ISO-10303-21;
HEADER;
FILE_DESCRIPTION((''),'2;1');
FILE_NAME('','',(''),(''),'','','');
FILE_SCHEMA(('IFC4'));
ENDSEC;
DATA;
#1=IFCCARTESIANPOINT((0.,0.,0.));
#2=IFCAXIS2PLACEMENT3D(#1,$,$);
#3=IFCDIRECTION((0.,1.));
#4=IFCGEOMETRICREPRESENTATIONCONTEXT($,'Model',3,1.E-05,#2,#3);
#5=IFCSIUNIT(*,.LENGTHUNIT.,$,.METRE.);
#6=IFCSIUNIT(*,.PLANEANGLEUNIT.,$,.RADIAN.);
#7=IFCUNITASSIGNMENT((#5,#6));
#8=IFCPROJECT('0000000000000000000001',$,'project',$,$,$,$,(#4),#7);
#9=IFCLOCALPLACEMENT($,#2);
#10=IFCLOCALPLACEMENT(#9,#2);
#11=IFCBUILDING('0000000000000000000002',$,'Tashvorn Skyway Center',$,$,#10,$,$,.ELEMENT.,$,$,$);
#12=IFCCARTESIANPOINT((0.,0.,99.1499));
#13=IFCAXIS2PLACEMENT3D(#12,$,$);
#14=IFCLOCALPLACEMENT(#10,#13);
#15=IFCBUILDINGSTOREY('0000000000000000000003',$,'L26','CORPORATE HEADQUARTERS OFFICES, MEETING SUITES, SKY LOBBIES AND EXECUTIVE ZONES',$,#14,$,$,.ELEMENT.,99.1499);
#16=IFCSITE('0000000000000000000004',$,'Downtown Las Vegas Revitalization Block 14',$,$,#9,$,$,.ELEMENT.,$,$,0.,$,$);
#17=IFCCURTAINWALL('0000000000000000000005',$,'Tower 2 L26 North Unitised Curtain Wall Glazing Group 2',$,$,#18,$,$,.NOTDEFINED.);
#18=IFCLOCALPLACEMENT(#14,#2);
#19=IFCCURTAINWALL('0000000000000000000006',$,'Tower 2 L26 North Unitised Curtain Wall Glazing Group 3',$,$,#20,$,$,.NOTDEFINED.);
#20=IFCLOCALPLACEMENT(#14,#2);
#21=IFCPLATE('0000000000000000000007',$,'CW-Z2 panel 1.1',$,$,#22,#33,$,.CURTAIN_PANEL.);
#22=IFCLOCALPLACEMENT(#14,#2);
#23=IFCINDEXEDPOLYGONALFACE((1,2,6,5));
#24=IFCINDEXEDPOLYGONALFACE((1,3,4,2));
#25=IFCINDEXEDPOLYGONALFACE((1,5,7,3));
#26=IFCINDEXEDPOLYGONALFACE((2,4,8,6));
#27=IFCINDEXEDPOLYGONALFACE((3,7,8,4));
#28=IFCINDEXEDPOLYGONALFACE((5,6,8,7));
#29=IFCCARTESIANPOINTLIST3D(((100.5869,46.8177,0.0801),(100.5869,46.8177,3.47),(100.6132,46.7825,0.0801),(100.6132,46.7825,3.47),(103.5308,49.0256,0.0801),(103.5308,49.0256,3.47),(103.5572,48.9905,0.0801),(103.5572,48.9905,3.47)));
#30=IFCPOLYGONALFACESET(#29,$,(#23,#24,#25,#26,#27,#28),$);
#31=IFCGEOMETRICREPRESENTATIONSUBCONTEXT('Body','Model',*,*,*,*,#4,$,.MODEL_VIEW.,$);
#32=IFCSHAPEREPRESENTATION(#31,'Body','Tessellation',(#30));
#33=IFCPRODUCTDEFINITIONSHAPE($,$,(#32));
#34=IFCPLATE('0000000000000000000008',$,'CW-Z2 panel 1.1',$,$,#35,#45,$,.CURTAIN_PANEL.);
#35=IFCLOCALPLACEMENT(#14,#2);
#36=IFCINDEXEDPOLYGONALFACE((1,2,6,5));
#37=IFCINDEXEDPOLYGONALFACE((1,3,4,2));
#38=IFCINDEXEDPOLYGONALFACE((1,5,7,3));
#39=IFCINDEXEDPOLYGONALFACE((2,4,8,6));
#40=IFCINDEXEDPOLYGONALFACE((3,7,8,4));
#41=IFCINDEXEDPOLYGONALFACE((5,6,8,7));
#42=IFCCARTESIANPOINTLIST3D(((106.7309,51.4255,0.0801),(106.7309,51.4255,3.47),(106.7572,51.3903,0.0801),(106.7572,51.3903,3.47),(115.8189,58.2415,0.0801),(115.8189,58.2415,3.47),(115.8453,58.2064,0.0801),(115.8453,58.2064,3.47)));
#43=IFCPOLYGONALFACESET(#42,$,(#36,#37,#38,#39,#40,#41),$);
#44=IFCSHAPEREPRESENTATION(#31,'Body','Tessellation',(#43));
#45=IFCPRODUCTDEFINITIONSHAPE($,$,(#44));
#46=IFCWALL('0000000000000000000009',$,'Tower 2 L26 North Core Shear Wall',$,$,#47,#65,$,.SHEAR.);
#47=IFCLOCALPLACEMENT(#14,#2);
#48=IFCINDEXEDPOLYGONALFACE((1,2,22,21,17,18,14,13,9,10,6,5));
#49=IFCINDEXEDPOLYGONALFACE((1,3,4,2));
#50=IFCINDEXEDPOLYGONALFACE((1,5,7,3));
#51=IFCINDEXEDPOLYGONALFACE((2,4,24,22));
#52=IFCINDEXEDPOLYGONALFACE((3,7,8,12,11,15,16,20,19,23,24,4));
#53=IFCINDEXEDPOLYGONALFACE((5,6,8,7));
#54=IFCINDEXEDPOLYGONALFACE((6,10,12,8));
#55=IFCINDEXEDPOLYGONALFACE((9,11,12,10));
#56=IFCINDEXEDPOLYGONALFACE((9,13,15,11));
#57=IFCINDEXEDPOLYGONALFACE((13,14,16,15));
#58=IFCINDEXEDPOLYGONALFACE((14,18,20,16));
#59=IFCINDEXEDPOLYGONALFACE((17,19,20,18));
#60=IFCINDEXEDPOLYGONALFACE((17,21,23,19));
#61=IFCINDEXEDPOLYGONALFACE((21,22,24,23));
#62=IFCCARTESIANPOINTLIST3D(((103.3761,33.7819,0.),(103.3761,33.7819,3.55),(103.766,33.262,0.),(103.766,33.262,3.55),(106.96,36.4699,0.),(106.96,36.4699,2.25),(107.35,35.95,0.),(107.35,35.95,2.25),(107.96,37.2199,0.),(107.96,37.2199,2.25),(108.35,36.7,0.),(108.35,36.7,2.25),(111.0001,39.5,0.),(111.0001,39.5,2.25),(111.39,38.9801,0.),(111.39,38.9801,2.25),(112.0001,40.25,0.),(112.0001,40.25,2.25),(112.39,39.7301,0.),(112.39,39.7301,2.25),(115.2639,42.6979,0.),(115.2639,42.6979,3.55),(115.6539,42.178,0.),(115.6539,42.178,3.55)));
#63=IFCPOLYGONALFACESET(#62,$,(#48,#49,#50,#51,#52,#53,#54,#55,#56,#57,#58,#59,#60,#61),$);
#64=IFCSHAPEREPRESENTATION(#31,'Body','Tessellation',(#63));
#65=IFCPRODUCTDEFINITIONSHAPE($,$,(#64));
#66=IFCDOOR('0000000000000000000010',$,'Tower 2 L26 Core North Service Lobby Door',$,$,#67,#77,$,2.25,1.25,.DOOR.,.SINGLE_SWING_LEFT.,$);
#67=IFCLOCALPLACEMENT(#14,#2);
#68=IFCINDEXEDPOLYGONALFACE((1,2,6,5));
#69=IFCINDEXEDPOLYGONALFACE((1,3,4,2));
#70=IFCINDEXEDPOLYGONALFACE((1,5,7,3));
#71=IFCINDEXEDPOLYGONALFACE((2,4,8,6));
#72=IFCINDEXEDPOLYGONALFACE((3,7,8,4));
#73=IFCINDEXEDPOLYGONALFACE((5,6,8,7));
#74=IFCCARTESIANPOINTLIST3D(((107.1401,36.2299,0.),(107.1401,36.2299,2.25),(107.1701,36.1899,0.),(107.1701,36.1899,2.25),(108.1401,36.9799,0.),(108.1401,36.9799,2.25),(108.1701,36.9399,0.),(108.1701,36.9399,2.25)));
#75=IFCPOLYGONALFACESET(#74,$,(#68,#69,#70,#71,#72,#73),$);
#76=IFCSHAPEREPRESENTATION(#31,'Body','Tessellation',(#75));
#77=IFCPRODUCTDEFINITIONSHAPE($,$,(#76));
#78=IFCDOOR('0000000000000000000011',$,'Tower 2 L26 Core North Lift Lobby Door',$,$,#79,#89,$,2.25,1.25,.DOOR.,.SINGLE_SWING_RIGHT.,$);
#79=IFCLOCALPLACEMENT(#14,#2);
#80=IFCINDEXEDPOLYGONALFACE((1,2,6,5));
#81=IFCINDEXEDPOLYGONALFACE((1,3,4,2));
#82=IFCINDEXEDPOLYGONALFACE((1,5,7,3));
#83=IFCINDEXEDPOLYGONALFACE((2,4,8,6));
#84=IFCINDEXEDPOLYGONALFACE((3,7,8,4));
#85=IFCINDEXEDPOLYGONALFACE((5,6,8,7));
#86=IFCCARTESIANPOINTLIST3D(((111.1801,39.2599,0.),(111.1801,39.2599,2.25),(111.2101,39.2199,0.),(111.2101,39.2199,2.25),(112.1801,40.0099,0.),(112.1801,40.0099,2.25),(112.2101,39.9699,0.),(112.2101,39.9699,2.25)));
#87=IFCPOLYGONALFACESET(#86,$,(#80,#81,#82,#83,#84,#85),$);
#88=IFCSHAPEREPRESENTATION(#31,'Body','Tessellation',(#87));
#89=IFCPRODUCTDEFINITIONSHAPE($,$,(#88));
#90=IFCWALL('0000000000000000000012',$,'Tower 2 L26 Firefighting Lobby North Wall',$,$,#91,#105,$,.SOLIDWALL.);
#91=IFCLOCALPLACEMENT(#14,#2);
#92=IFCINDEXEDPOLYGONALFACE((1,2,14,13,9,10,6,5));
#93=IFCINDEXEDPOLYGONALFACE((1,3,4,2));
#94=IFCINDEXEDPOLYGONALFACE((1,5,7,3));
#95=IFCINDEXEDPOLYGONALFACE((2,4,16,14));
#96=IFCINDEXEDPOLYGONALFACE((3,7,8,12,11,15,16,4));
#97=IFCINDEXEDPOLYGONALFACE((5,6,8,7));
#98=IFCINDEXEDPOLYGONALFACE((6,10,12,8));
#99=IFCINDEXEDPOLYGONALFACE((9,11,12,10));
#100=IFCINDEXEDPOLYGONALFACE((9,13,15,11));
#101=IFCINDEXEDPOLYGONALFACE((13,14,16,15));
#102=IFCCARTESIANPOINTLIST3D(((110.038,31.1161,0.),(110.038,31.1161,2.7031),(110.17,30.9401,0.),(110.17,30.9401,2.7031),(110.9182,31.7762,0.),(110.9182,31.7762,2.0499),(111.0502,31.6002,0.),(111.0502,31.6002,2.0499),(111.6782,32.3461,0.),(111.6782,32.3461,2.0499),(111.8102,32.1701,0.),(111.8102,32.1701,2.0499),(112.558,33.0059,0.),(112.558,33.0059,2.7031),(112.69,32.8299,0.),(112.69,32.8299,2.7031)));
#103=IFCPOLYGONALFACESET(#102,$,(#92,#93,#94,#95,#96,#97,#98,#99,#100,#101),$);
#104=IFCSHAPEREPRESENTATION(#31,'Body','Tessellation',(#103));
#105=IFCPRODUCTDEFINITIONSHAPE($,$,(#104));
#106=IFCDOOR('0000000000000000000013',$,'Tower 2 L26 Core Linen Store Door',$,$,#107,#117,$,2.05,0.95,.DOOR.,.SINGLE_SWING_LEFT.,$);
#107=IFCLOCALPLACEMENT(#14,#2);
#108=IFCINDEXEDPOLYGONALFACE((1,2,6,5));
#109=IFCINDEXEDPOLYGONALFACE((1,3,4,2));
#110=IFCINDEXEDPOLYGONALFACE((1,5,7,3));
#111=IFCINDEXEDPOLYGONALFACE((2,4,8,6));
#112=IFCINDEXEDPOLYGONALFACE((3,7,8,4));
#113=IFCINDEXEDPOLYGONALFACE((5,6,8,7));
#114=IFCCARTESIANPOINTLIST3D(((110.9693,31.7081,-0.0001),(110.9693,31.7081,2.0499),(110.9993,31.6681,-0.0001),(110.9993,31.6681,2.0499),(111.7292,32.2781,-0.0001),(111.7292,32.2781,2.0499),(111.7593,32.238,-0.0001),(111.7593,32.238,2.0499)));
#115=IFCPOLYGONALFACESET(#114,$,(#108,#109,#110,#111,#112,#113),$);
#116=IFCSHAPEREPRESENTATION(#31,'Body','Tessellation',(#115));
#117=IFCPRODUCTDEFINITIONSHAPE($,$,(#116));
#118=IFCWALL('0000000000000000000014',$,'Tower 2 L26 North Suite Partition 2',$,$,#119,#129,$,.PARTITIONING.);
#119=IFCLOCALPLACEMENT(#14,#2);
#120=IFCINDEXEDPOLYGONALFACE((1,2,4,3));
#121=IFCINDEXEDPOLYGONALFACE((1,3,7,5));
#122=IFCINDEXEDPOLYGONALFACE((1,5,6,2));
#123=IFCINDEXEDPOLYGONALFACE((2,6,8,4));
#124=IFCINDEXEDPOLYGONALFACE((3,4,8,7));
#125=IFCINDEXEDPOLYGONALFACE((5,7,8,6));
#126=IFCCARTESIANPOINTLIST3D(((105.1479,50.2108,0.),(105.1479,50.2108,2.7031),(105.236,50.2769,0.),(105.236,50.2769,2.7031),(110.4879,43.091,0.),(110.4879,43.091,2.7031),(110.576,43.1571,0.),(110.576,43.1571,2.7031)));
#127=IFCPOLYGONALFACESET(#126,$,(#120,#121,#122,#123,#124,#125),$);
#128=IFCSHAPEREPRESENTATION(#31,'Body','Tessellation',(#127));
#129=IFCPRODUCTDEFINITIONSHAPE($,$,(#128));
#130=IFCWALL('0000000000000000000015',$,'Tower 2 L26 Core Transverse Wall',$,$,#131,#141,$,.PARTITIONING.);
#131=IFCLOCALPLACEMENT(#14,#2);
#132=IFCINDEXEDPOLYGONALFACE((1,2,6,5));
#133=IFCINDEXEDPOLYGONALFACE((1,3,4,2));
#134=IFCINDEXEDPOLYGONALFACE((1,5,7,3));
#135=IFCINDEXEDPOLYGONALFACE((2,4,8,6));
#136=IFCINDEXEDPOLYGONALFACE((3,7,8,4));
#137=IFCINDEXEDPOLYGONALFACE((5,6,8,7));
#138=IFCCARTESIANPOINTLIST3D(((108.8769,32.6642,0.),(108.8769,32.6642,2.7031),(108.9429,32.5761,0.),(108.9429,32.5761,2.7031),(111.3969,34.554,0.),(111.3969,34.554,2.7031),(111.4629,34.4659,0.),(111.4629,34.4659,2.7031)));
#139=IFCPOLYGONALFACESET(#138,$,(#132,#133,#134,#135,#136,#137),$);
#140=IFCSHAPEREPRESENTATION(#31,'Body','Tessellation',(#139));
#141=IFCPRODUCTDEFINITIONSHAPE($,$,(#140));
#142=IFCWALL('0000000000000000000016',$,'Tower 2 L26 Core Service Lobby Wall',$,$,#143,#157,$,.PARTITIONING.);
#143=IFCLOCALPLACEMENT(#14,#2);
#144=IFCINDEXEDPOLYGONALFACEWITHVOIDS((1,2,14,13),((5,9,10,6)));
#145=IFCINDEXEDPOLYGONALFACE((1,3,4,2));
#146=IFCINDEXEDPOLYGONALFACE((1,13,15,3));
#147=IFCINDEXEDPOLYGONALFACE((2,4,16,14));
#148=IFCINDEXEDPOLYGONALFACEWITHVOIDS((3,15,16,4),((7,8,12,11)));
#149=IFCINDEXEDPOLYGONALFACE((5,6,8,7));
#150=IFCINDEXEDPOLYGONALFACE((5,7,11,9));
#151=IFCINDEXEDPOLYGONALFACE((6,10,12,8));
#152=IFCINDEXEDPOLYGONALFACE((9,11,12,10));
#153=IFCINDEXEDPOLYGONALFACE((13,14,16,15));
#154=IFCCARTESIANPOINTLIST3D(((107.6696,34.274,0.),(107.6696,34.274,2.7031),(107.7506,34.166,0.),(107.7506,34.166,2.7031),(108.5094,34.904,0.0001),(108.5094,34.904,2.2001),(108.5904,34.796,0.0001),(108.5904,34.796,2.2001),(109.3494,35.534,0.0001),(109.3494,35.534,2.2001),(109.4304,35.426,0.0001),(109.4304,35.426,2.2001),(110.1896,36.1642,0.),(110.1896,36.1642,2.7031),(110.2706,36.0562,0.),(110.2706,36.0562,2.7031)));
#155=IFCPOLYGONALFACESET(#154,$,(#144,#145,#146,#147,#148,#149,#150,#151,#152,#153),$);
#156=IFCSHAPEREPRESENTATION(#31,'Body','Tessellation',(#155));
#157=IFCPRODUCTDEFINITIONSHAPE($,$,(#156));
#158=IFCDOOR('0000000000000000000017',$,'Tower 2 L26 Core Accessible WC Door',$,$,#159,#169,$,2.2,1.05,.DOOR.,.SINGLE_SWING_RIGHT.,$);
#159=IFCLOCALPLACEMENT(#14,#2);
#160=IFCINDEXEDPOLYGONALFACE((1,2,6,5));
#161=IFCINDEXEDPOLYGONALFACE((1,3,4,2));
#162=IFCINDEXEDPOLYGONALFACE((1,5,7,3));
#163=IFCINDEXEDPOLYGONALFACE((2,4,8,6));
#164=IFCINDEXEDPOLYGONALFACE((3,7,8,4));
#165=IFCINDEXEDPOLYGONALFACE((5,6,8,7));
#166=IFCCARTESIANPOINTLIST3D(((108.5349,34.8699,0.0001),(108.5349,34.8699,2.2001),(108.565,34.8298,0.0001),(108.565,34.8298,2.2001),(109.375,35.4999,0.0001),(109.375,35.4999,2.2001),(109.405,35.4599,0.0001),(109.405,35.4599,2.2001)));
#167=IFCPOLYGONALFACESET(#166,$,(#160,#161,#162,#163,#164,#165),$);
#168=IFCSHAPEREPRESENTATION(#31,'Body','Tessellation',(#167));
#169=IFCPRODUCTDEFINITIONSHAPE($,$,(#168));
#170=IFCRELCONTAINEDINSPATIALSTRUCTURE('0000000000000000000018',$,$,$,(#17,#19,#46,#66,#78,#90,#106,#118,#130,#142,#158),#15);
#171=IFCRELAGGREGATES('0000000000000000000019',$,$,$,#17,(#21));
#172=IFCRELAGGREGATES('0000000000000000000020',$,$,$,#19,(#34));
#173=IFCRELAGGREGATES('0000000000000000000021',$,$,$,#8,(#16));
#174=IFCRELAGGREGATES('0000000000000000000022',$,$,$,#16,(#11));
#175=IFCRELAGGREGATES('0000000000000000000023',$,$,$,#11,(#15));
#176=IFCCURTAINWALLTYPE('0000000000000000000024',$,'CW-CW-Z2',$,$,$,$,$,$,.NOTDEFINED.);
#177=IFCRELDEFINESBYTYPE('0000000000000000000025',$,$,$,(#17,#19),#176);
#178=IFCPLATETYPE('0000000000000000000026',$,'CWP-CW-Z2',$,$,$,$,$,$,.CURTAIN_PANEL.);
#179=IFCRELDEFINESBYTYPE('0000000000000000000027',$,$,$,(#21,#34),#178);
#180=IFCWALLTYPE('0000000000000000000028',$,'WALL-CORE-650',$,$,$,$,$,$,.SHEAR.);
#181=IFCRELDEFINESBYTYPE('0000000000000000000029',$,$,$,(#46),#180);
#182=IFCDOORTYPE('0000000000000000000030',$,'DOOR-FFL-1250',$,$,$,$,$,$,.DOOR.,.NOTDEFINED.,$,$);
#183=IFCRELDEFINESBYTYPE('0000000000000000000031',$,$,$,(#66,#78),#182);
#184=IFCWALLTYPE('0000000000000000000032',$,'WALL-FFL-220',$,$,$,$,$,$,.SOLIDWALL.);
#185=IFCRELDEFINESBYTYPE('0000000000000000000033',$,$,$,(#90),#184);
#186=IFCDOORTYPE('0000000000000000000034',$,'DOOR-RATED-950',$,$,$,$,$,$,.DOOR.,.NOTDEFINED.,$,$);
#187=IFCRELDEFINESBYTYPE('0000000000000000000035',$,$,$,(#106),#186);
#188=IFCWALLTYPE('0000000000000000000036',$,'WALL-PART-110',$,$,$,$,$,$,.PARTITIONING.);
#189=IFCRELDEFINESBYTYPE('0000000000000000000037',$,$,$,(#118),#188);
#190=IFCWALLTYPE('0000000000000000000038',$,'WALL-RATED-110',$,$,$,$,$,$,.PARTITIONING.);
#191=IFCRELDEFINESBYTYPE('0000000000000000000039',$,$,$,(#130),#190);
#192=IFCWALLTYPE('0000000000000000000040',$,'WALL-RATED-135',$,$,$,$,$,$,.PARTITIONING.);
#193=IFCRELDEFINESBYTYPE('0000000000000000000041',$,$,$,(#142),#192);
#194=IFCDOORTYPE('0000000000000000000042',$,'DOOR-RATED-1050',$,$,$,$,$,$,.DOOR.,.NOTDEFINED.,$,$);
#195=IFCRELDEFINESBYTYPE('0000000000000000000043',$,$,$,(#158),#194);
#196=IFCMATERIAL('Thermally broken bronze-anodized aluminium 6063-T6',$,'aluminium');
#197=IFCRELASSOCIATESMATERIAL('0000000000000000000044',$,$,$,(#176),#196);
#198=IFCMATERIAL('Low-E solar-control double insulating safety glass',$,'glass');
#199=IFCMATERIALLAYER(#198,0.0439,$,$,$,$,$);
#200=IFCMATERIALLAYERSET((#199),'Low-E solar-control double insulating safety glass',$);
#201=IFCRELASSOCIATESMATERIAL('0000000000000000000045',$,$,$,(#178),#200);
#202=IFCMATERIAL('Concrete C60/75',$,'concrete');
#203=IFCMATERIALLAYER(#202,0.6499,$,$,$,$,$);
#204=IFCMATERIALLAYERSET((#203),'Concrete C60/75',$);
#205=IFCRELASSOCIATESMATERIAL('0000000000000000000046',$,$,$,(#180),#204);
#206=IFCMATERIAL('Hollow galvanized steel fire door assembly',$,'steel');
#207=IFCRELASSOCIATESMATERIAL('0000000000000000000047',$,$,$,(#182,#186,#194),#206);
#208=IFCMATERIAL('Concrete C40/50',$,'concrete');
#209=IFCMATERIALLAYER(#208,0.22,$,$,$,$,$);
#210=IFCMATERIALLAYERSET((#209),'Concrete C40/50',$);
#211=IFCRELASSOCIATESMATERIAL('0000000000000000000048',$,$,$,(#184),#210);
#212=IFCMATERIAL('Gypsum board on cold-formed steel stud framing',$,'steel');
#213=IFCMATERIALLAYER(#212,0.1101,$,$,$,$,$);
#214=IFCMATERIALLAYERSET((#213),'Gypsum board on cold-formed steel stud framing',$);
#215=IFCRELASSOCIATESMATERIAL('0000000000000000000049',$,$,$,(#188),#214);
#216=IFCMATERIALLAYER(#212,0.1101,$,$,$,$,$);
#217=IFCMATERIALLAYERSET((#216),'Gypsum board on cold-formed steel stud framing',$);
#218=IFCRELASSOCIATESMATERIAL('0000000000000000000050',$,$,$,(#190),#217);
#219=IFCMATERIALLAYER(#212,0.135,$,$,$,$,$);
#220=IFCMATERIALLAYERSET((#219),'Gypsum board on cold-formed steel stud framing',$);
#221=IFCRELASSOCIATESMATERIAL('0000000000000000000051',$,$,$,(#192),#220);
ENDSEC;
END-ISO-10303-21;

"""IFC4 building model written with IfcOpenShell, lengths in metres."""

from ifc_helpers import new_model, si_unit, direction, frame, frame_2d, origin, origin_2d, place, context, subcontext, project, spatial, rectangle, extrude, material, layer, layer_set, type_object, element, fill, aggregate, save


model = new_model("IFC4")

# Units and contexts
model_context = context("Model", 3, precision=1e-05, world=origin(), true_north=direction((0.0, 1.0)))
body_context = subcontext(model_context, "Body", "Model", "MODEL_VIEW")
ifc_project = project(units=[si_unit("LENGTHUNIT", "METRE"), si_unit("PLANEANGLEUNIT", "RADIAN")], contexts=[model_context])

# Site, building, storey
site_placement = place(None, origin())
site = spatial("IfcSite", under=ifc_project, at=site_placement, Name="Downtown Las Vegas Revitalization Block 14", CompositionType="ELEMENT", RefElevation=0.0)
building_placement = place(site_placement, origin())
building = spatial("IfcBuilding", under=site, at=building_placement, Name="Tashvorn Skyway Center", CompositionType="ELEMENT")
storey_placement = place(building_placement, frame((0.0, 0.0, 99.1499)))
storey = spatial("IfcBuildingStorey", under=building, at=storey_placement, Name="L26", Description="CORPORATE HEADQUARTERS OFFICES, MEETING SUITES, SKY LOBBIES AND EXECUTIVE ZONES", CompositionType="ELEMENT", Elevation=99.1499)

# Curtain wall
ifc_material_1 = material(Name="Thermally broken bronze-anodized aluminium 6063-T6", Category="aluminium")
curtain_wall_type = type_object("IfcCurtainWallType", Name="CW-CW-Z2", PredefinedType="NOTDEFINED", material=ifc_material_1)
curtain_wall_1_placement = place(storey_placement, origin())
curtain_wall_1 = element("IfcCurtainWall", 1, at=curtain_wall_1_placement, inside=storey, type_object=curtain_wall_type, Name="Tower 2 L26 North Unitised Curtain Wall Glazing Group 2", PredefinedType="NOTDEFINED")

# Curtain wall
curtain_wall_2_placement = place(storey_placement, origin())
curtain_wall_2 = element("IfcCurtainWall", 2, at=curtain_wall_2_placement, inside=storey, type_object=curtain_wall_type, Name="Tower 2 L26 North Unitised Curtain Wall Glazing Group 3", PredefinedType="NOTDEFINED")

# Plates
ifc_material_2 = material(Name="Low-E solar-control double insulating safety glass", Category="glass")
ifc_layer_1 = layer(ifc_material_2, 0.0439)
ifc_layer_set_1 = layer_set([ifc_layer_1], Name="Low-E solar-control double insulating safety glass")
plate_type = type_object("IfcPlateType", Name="CWP-CW-Z2", PredefinedType="CURTAIN_PANEL", material=ifc_layer_set_1)
plate_1_placement = place(storey_placement, frame((102.072, 47.9041, 0.0801), z_axis=(0.0, 0.0, 1.0), x_axis=(0.8, 0.6, 0.0)))
plate_1 = element("IfcPlate", 3, at=plate_1_placement, type_object=plate_type, Name="CW-Z2 panel 1.1", PredefinedType="CURTAIN_PANEL", context=body_context, shape_type="SweptSolid", body=[
    extrude(rectangle(XDim=3.6799, YDim=0.0439, at=origin_2d()), origin(), (0.0, 0.0, 1.0), 3.3899),
])
aggregate(curtain_wall_1, [plate_1])
plate_2_placement = place(storey_placement, frame((111.2881, 54.8159, 0.0801), z_axis=(0.0, 0.0, 1.0), x_axis=(0.8, 0.6, 0.0)))
plate_2 = element("IfcPlate", 4, at=plate_2_placement, type_object=plate_type, Name="CW-Z2 panel 1.1", PredefinedType="CURTAIN_PANEL", context=body_context, shape_type="SweptSolid", body=[
    extrude(rectangle(XDim=11.3601, YDim=0.0439, at=origin_2d()), origin(), (0.0, 0.0, 1.0), 3.3899),
])
aggregate(curtain_wall_2, [plate_2])

# Wall, openings, doors
ifc_material_3 = material(Name="Concrete C60/75", Category="concrete")
ifc_layer_2 = layer(ifc_material_3, 0.6499)
ifc_layer_set_2 = layer_set([ifc_layer_2], Name="Concrete C60/75")
wall_type_1 = type_object("IfcWallType", Name="WALL-CORE-650", PredefinedType="SHEAR", material=ifc_layer_set_2)
wall_1_placement = place(storey_placement, frame((103.571, 33.522, 0.0), z_axis=(0.0, 0.0, 1.0), x_axis=(0.799998, 0.600003, 0.0)))
wall_1 = element("IfcWall", 5, at=wall_1_placement, inside=storey, type_object=wall_type_1, Name="Tower 2 L26 North Core Shear Wall", PredefinedType="SHEAR", context=body_context, shape_type="SweptSolid", body=[
    extrude(rectangle(XDim=14.8599, YDim=0.6499, at=frame_2d((7.4299, 0.0))), origin(), (0.0, 0.0, 1.0), 3.55),
])
opening_1_placement = place(wall_1_placement, frame((4.48, 0.0, 0.0)))
opening_1 = element("IfcOpeningElement", 6, at=opening_1_placement, cuts=wall_1, PredefinedType="OPENING", context=body_context, shape_type="SweptSolid", body=[
    extrude(rectangle(XDim=1.25, YDim=2.25, at=frame_2d((0.625, 1.125))), frame((0.0, 0.335, 0.0), z_axis=(0.0, -1.0, 0.0), x_axis=(1.0, 0.0, 0.0)), (0.0, 0.0, 1.0), 0.6699),
])
opening_2_placement = place(wall_1_placement, frame((9.53, 0.0, 0.0)))
opening_2 = element("IfcOpeningElement", 7, at=opening_2_placement, cuts=wall_1, PredefinedType="OPENING", context=body_context, shape_type="SweptSolid", body=[
    extrude(rectangle(XDim=1.25, YDim=2.25, at=frame_2d((0.625, 1.125))), frame((0.0, 0.335, 0.0), z_axis=(0.0, -1.0, 0.0), x_axis=(1.0, 0.0, 0.0)), (0.0, 0.0, 1.0), 0.6699),
])
ifc_material_4 = material(Name="Hollow galvanized steel fire door assembly", Category="steel")
door_type_1 = type_object("IfcDoorType", Name="DOOR-FFL-1250", OperationType="NOTDEFINED", PredefinedType="DOOR", material=ifc_material_4)
door_1_placement = place(opening_1_placement, origin())
door_1 = element("IfcDoor", 8, at=door_1_placement, inside=storey, type_object=door_type_1, Name="Tower 2 L26 Core North Service Lobby Door", OperationType="SINGLE_SWING_LEFT", OverallHeight=2.25, OverallWidth=1.25, PredefinedType="DOOR", context=body_context, shape_type="SweptSolid", body=[
    extrude(rectangle(XDim=1.25, YDim=2.25, at=frame_2d((0.625, 1.125))), frame((0.0, 0.0249, 0.0), z_axis=(0.0, -1.0, 0.0), x_axis=(1.0, 0.0, 0.0)), (0.0, 0.0, 1.0), 0.05),
])
fill(opening_1, door_1)
door_2_placement = place(opening_2_placement, origin())
door_2 = element("IfcDoor", 9, at=door_2_placement, inside=storey, type_object=door_type_1, Name="Tower 2 L26 Core North Lift Lobby Door", OperationType="SINGLE_SWING_RIGHT", OverallHeight=2.25, OverallWidth=1.25, PredefinedType="DOOR", context=body_context, shape_type="SweptSolid", body=[
    extrude(rectangle(XDim=1.25, YDim=2.25, at=frame_2d((0.625, 1.125))), frame((0.0, 0.0249, 0.0), z_axis=(0.0, -1.0, 0.0), x_axis=(1.0, 0.0, 0.0)), (0.0, 0.0, 1.0), 0.05),
])
fill(opening_2, door_2)

# Wall, opening, door
ifc_material_5 = material(Name="Concrete C40/50", Category="concrete")
ifc_layer_3 = layer(ifc_material_5, 0.22)
ifc_layer_set_3 = layer_set([ifc_layer_3], Name="Concrete C40/50")
wall_type_2 = type_object("IfcWallType", Name="WALL-FFL-220", PredefinedType="SOLIDWALL", material=ifc_layer_set_3)
wall_2_placement = place(storey_placement, frame((110.104, 31.0281, 0.0), z_axis=(0.0, 0.0, 1.0), x_axis=(0.800019, 0.599975, 0.0)))
wall_2 = element("IfcWall", 10, at=wall_2_placement, inside=storey, type_object=wall_type_2, Name="Tower 2 L26 Firefighting Lobby North Wall", PredefinedType="SOLIDWALL", context=body_context, shape_type="SweptSolid", body=[
    extrude(rectangle(XDim=3.1499, YDim=0.22, at=frame_2d((1.575, 0.0))), origin(), (0.0, 0.0, 1.0), 2.7031),
])
opening_3_placement = place(wall_2_placement, frame((1.1001, 0.0, 0.0)))
opening_3 = element("IfcOpeningElement", 11, at=opening_3_placement, cuts=wall_2, PredefinedType="OPENING", context=body_context, shape_type="SweptSolid", body=[
    extrude(rectangle(XDim=0.95, YDim=2.05, at=frame_2d((0.4751, 1.0249))), frame((0.0, 0.1199, 0.0), z_axis=(0.0, -1.0, 0.0), x_axis=(1.0, 0.0, 0.0)), (0.0, 0.0, 1.0), 0.24),
])
door_type_2 = type_object("IfcDoorType", Name="DOOR-RATED-950", OperationType="NOTDEFINED", PredefinedType="DOOR", material=ifc_material_4)
door_3_placement = place(opening_3_placement, origin())
door_3 = element("IfcDoor", 12, at=door_3_placement, inside=storey, type_object=door_type_2, Name="Tower 2 L26 Core Linen Store Door", OperationType="SINGLE_SWING_LEFT", OverallHeight=2.05, OverallWidth=0.95, PredefinedType="DOOR", context=body_context, shape_type="SweptSolid", body=[
    extrude(rectangle(XDim=0.95, YDim=2.05, at=frame_2d((0.4751, 1.0249))), frame((0.0, 0.0249, 0.0), z_axis=(0.0, -1.0, 0.0), x_axis=(1.0, 0.0, 0.0)), (0.0, 0.0, 1.0), 0.05),
])
fill(opening_3, door_3)

# Walls
ifc_material_6 = material(Name="Gypsum board on cold-formed steel stud framing", Category="steel")
ifc_layer_4 = layer(ifc_material_6, 0.1101)
ifc_layer_set_4 = layer_set([ifc_layer_4], Name="Gypsum board on cold-formed steel stud framing")
wall_type_3 = type_object("IfcWallType", Name="WALL-PART-110", PredefinedType="PARTITIONING", material=ifc_layer_set_4)
wall_3_placement = place(storey_placement, frame((110.532, 43.124, 0.0), z_axis=(0.0, 0.0, 1.0), x_axis=(-0.600013, 0.79999, 0.0)))
element("IfcWall", 13, at=wall_3_placement, inside=storey, type_object=wall_type_3, Name="Tower 2 L26 North Suite Partition 2", PredefinedType="PARTITIONING", context=body_context, shape_type="SweptSolid", body=[
    extrude(rectangle(XDim=8.8999, YDim=0.1101, at=frame_2d((4.45, 0.0))), origin(), (0.0, 0.0, 1.0), 2.7031),
])
ifc_layer_5 = layer(ifc_material_6, 0.1101)
ifc_layer_set_5 = layer_set([ifc_layer_5], Name="Gypsum board on cold-formed steel stud framing")
wall_type_4 = type_object("IfcWallType", Name="WALL-RATED-110", PredefinedType="PARTITIONING", material=ifc_layer_set_5)
wall_4_placement = place(storey_placement, frame((108.9099, 32.6201, 0.0), z_axis=(0.0, 0.0, 1.0), x_axis=(0.800019, 0.599975, 0.0)))
element("IfcWall", 14, at=wall_4_placement, inside=storey, type_object=wall_type_4, Name="Tower 2 L26 Core Transverse Wall", PredefinedType="PARTITIONING", context=body_context, shape_type="SweptSolid", body=[
    extrude(rectangle(XDim=3.1499, YDim=0.1101, at=frame_2d((1.575, 0.0))), origin(), (0.0, 0.0, 1.0), 2.7031),
])

# Wall, opening, door
ifc_layer_6 = layer(ifc_material_6, 0.135)
ifc_layer_set_6 = layer_set([ifc_layer_6], Name="Gypsum board on cold-formed steel stud framing")
wall_type_5 = type_object("IfcWallType", Name="WALL-RATED-135", PredefinedType="PARTITIONING", material=ifc_layer_set_6)
wall_5_placement = place(storey_placement, frame((107.71, 34.22, 0.0), z_axis=(0.0, 0.0, 1.0), x_axis=(0.799981, 0.600025, 0.0)))
wall_5 = element("IfcWall", 15, at=wall_5_placement, inside=storey, type_object=wall_type_5, Name="Tower 2 L26 Core Service Lobby Wall", PredefinedType="PARTITIONING", context=body_context, shape_type="SweptSolid", body=[
    extrude(rectangle(XDim=3.1501, YDim=0.135, at=frame_2d((1.5752, 0.0))), origin(), (0.0, 0.0, 1.0), 2.7031),
])
opening_4_placement = place(wall_5_placement, frame((1.05, 0.0, 0.0)))
opening_4 = element("IfcOpeningElement", 16, at=opening_4_placement, cuts=wall_5, PredefinedType="OPENING", context=body_context, shape_type="SweptSolid", body=[
    extrude(rectangle(XDim=1.05, YDim=2.2, at=frame_2d((0.5249, 1.1001))), frame((0.0, 0.0774, 0.0), z_axis=(0.0, -1.0, 0.0), x_axis=(1.0, 0.0, 0.0)), (0.0, 0.0, 1.0), 0.155),
])
door_type_3 = type_object("IfcDoorType", Name="DOOR-RATED-1050", OperationType="NOTDEFINED", PredefinedType="DOOR", material=ifc_material_4)
door_4_placement = place(opening_4_placement, origin())
door_4 = element("IfcDoor", 17, at=door_4_placement, inside=storey, type_object=door_type_3, Name="Tower 2 L26 Core Accessible WC Door", OperationType="SINGLE_SWING_RIGHT", OverallHeight=2.2, OverallWidth=1.05, PredefinedType="DOOR", context=body_context, shape_type="SweptSolid", body=[
    extrude(rectangle(XDim=1.05, YDim=2.2, at=frame_2d((0.5249, 1.1001))), frame((0.0, 0.0249, 0.0), z_axis=(0.0, -1.0, 0.0), x_axis=(1.0, 0.0, 0.0)), (0.0, 0.0, 1.0), 0.05),
])
fill(opening_4, door_4)

save(model, "model.ifc")
